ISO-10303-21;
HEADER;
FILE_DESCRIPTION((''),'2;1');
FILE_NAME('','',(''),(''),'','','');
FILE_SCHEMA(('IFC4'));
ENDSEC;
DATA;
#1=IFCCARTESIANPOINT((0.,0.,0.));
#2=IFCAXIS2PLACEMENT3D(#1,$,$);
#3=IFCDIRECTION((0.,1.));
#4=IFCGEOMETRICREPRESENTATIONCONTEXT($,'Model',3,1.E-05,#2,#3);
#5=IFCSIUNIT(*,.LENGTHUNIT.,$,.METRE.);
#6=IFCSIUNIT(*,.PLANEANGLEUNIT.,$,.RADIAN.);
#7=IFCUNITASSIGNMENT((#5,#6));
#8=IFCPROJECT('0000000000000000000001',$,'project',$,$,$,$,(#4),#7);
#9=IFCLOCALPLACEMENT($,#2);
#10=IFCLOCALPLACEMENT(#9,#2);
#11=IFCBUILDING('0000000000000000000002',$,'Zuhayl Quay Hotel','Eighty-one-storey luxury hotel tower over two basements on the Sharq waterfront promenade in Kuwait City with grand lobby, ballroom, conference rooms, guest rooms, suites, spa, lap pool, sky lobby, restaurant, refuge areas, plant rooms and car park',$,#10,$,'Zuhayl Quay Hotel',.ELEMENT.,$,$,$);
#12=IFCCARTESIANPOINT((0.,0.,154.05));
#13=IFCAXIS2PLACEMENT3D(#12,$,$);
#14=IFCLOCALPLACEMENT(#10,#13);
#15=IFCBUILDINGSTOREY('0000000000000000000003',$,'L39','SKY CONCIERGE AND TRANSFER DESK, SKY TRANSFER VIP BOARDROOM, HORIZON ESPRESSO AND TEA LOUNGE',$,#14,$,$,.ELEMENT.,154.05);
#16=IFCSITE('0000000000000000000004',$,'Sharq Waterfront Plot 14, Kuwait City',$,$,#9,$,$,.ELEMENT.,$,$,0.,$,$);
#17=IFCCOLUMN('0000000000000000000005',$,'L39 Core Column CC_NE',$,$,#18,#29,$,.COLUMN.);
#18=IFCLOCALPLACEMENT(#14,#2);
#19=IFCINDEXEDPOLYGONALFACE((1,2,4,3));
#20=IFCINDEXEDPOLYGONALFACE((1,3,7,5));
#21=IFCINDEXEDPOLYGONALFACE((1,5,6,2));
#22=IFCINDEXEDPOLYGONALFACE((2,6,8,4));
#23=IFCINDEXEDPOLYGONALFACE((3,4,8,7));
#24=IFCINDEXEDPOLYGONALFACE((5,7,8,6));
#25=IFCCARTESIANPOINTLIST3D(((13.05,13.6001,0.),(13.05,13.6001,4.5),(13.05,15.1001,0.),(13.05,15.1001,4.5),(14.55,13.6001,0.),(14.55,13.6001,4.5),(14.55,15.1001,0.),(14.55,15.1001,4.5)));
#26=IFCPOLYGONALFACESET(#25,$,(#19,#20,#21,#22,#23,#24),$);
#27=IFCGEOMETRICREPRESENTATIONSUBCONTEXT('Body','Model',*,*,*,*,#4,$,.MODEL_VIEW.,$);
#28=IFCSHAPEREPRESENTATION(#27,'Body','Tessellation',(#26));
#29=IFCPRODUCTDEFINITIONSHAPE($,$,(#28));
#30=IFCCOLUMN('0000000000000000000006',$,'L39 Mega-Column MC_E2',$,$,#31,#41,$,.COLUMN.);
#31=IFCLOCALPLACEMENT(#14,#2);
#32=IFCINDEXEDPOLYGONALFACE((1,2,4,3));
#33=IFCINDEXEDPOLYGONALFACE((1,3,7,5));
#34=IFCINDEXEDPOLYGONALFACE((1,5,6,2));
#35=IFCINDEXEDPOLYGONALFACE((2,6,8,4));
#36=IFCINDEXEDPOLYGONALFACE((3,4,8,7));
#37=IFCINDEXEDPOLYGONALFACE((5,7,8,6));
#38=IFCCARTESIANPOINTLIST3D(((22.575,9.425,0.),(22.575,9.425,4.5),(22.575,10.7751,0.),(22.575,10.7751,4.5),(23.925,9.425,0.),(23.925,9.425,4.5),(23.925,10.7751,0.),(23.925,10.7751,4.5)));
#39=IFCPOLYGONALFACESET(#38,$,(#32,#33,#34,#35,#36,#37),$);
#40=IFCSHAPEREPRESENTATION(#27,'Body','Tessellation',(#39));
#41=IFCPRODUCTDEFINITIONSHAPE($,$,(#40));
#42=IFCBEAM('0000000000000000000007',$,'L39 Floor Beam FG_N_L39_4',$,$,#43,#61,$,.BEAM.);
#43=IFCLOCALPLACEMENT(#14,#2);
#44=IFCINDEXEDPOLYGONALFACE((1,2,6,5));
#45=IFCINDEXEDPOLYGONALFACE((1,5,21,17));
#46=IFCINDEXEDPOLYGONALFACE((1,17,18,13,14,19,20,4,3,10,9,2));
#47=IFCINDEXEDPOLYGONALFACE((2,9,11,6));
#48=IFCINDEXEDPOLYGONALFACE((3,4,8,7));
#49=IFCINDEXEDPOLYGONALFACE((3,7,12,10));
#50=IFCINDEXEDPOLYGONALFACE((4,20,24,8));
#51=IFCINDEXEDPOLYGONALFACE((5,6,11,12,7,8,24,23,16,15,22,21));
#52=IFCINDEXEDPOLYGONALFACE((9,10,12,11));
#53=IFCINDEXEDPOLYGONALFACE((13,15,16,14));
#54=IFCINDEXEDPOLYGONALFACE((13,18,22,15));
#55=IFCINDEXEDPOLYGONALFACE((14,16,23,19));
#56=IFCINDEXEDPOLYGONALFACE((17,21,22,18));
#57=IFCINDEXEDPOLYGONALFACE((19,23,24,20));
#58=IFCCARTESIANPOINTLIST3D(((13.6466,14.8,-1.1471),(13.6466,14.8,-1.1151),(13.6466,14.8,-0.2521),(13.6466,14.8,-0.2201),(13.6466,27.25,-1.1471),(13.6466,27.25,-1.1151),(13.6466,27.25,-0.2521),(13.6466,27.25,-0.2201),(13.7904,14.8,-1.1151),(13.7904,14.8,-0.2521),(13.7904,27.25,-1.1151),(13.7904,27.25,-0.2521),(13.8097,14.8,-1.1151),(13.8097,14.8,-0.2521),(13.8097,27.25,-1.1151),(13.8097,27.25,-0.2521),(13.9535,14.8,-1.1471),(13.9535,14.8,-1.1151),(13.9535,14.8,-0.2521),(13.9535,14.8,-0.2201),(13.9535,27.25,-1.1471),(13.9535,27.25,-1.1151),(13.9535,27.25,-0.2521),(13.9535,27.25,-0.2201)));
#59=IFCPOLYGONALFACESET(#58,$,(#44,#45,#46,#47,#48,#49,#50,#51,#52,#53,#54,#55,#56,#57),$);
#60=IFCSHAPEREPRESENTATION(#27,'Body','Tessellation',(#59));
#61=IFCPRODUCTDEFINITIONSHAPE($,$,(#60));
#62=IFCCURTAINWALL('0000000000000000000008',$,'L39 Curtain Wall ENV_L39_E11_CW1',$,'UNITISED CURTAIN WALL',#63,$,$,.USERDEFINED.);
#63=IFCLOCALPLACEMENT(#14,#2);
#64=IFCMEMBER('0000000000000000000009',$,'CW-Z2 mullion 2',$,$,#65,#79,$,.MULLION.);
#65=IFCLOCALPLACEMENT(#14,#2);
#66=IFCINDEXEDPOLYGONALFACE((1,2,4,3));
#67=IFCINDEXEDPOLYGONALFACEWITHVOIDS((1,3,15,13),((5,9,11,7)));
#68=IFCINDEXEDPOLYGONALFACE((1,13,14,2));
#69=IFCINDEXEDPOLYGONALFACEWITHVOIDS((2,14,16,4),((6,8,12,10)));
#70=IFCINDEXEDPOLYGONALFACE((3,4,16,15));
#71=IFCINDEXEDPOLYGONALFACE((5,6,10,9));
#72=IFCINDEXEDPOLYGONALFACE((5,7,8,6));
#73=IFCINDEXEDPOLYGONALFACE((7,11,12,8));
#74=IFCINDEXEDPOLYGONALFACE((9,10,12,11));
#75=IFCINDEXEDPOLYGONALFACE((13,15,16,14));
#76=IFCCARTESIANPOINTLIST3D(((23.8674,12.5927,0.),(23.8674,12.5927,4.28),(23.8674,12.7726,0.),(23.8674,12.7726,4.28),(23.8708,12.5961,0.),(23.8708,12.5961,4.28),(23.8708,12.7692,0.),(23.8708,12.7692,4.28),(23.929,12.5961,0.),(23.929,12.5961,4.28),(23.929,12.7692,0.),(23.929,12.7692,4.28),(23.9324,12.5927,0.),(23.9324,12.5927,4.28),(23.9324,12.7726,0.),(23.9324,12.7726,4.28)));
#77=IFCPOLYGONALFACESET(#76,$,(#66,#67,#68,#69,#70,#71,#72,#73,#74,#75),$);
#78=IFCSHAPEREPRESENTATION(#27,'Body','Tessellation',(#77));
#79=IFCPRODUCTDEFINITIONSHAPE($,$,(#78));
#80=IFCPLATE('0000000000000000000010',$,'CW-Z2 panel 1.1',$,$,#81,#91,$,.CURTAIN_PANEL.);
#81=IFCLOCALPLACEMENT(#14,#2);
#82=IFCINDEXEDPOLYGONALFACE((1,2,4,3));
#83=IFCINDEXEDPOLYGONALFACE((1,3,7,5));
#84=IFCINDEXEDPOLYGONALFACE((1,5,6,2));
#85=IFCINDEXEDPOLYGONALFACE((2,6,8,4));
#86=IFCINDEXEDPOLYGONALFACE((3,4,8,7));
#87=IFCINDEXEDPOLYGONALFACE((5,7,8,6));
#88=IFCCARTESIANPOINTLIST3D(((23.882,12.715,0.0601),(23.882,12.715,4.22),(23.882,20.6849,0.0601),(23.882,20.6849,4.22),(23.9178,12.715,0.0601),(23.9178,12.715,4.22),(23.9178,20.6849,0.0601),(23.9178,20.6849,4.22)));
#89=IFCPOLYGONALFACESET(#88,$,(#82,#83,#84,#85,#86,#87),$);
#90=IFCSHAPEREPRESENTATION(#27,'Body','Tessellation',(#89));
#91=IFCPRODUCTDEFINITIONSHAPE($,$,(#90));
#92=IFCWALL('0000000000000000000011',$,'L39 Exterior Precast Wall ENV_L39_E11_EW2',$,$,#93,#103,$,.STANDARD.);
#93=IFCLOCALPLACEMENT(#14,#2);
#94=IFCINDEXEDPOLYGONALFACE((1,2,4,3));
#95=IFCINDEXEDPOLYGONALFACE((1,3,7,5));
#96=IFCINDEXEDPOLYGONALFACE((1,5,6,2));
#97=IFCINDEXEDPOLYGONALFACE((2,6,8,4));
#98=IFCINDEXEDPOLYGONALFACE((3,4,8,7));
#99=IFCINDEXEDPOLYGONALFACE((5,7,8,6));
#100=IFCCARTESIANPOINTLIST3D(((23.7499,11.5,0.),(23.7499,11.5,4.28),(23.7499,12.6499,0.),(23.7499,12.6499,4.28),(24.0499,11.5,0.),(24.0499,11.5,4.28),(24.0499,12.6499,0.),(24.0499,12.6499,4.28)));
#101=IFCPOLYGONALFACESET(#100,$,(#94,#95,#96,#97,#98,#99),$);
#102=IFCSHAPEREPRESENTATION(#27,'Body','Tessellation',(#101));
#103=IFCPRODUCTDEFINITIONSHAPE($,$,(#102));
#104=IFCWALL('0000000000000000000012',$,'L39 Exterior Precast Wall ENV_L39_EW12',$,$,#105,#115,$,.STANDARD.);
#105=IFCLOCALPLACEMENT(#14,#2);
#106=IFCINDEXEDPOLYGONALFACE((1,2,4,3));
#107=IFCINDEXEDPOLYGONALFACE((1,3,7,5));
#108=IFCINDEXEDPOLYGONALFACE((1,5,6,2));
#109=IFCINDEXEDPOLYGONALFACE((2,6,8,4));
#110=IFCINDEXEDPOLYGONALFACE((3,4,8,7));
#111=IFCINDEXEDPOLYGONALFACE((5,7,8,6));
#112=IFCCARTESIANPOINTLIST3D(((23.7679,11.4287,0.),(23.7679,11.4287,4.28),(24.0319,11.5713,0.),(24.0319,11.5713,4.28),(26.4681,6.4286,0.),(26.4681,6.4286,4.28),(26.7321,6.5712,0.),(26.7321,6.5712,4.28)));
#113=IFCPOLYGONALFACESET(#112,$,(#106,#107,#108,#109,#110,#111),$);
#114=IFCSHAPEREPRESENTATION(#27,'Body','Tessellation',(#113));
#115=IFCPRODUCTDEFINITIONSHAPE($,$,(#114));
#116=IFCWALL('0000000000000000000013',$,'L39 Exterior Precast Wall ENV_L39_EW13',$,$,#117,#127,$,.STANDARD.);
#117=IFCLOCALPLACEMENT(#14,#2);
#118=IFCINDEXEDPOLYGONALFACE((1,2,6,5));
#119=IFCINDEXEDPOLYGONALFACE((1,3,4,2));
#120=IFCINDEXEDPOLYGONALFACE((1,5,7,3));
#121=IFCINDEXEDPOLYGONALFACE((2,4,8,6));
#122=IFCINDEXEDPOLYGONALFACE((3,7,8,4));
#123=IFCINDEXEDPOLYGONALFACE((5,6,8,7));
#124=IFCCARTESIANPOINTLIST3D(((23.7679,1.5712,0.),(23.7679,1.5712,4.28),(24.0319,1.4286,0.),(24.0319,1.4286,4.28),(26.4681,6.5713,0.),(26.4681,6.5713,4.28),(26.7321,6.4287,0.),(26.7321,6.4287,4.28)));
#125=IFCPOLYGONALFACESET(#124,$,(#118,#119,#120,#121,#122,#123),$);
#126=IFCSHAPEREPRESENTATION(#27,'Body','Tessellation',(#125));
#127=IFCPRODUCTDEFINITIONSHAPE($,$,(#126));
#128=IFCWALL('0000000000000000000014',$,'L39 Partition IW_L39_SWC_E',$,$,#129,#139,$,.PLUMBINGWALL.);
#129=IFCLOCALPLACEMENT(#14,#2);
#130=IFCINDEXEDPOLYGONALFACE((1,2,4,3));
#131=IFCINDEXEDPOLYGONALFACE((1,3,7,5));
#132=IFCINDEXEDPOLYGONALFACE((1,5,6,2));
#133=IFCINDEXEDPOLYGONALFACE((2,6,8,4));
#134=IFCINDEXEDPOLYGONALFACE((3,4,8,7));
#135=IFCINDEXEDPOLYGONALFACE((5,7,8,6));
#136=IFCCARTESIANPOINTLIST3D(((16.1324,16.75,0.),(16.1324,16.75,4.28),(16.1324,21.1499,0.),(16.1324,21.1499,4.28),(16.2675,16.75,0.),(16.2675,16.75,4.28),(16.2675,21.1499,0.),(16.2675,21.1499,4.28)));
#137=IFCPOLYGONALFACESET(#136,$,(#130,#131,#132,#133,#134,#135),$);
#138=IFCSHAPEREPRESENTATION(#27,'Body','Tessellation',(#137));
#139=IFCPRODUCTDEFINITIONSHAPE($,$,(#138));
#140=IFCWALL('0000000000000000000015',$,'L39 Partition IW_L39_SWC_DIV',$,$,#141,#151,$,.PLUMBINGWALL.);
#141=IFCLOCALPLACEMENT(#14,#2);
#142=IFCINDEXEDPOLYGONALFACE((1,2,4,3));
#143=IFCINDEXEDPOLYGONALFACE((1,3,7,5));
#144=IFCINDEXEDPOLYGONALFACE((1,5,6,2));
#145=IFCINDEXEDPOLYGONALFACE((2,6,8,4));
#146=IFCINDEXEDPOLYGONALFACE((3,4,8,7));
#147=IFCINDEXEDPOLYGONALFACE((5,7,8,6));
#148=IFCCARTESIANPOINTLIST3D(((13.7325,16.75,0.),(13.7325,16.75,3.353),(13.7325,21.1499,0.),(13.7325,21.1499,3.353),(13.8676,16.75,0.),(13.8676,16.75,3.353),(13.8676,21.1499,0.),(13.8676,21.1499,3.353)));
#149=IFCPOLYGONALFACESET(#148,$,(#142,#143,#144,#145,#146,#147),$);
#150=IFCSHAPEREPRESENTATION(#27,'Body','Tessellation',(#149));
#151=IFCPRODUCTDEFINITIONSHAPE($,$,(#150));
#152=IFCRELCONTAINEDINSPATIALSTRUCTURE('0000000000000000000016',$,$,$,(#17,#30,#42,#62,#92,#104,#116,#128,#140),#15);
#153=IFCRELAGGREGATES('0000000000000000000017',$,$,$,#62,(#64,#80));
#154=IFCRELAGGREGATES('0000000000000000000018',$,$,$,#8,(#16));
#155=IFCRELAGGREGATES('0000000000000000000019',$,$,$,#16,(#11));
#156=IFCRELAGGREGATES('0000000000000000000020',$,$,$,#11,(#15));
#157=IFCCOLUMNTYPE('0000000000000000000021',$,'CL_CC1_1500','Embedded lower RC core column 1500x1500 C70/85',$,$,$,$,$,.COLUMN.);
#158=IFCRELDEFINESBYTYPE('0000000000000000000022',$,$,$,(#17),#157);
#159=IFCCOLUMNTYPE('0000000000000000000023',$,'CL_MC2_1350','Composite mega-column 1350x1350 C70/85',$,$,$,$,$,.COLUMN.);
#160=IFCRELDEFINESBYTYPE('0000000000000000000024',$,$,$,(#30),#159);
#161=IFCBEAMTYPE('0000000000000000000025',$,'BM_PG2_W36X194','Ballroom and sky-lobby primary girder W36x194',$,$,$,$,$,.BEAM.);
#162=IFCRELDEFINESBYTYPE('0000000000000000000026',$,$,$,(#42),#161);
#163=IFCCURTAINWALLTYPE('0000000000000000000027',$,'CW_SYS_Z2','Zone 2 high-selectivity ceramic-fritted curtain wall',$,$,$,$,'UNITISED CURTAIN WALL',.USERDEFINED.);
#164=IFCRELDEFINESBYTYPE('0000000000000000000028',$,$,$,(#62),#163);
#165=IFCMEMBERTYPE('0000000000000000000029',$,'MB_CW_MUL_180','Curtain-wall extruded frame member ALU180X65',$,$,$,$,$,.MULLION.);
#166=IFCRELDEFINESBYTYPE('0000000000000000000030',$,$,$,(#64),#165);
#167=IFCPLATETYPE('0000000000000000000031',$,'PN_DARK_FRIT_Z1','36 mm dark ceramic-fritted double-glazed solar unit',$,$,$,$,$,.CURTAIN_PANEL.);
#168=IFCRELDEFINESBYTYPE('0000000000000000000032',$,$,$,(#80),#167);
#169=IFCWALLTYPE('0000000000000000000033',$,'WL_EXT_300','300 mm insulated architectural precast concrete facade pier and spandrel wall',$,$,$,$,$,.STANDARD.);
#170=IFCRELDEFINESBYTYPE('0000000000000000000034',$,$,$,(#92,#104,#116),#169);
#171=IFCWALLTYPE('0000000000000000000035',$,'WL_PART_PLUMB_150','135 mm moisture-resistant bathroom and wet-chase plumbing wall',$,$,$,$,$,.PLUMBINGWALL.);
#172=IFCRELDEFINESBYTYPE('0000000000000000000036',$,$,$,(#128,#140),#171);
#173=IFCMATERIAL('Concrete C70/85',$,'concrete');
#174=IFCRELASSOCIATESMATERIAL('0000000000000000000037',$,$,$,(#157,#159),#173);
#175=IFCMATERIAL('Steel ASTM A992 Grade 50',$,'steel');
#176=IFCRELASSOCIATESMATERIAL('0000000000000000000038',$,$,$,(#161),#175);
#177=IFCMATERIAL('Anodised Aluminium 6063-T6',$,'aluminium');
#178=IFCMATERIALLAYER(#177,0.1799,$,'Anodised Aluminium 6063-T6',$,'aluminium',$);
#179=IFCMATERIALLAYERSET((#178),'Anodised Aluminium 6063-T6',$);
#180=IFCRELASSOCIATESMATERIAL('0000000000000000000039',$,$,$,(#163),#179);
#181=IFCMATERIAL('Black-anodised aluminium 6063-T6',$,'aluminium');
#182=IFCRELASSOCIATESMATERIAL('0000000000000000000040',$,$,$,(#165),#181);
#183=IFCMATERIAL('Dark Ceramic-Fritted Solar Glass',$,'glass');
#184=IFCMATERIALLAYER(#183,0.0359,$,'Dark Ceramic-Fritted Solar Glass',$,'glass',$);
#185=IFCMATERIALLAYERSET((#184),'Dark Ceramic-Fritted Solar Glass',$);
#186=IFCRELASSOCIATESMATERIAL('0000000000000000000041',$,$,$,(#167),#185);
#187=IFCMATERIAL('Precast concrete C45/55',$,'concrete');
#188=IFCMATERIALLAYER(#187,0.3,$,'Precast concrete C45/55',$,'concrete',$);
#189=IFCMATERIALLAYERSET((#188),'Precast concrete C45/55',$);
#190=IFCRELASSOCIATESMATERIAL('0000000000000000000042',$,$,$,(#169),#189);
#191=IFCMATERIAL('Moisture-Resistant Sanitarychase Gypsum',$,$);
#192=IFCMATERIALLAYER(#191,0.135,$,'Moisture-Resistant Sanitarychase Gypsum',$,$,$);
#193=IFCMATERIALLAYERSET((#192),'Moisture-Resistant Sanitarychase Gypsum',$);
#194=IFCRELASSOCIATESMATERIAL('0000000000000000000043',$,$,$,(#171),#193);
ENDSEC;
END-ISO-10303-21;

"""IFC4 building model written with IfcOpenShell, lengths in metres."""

from ifc_helpers import new_model, si_unit, direction, frame, frame_2d, origin, origin_2d, place, context, subcontext, project, spatial, rectangle, hollow_rectangle, i_section, extrude, material, layer, layer_set, material_profile, profile_set, type_object, element, aggregate, save


model = new_model("IFC4")

# Units and contexts
model_context = context("Model", 3, precision=1e-05, world=origin(), true_north=direction((0.0, 1.0)))
body_context = subcontext(model_context, "Body", "Model", "MODEL_VIEW")
ifc_project = project(units=[si_unit("LENGTHUNIT", "METRE"), si_unit("PLANEANGLEUNIT", "RADIAN")], contexts=[model_context])

# Site, building, storey
site_placement = place(None, origin())
site = spatial("IfcSite", under=ifc_project, at=site_placement, Name="Sharq Waterfront Plot 14, Kuwait City", CompositionType="ELEMENT", RefElevation=0.0)
building_placement = place(site_placement, origin())
building = spatial("IfcBuilding", under=site, at=building_placement, Name="Zuhayl Quay Hotel", Description="Eighty-one-storey luxury hotel tower over two basements on the Sharq waterfront promenade in Kuwait City with grand lobby, ballroom, conference rooms, guest rooms, suites, spa, lap pool, sky lobby, restaurant, refuge areas, plant rooms and car park", LongName="Zuhayl Quay Hotel", CompositionType="ELEMENT")
storey_placement = place(building_placement, frame((0.0, 0.0, 154.05)))
storey = spatial("IfcBuildingStorey", under=building, at=storey_placement, Name="L39", Description="SKY CONCIERGE AND TRANSFER DESK, SKY TRANSFER VIP BOARDROOM, HORIZON ESPRESSO AND TEA LOUNGE", CompositionType="ELEMENT", Elevation=154.05)

# Columns
ifc_material_1 = material(Name="Concrete C70/85", Category="concrete")
ifc_material_profile_1 = material_profile(ifc_material_1, rectangle(XDim=1.5, YDim=1.5, at=origin_2d()), Name="RC1500X1500")
ifc_profile_set_1 = profile_set([ifc_material_profile_1], Name="Concrete C70/85")
column_type_1 = type_object("IfcColumnType", Name="CL_CC1_1500", Description="Embedded lower RC core column 1500x1500 C70/85", PredefinedType="COLUMN", material=ifc_profile_set_1)
column_1_placement = place(storey_placement, frame((13.8, 14.3501, 0.0), z_axis=(0.0, 0.0, 1.0), x_axis=(1.0, 0.0, 0.0)))
element("IfcColumn", 1, at=column_1_placement, inside=storey, type_object=column_type_1, Name="L39 Core Column CC_NE", PredefinedType="COLUMN", context=body_context, shape_type="SweptSolid", body=[
    extrude(rectangle(XDim=1.5, YDim=1.5, at=origin_2d()), origin(), (0.0, 0.0, 1.0), 4.5),
])
ifc_material_profile_2 = material_profile(ifc_material_1, rectangle(XDim=1.3501, YDim=1.3501, at=origin_2d()), Name="RC1350X1350")
ifc_profile_set_2 = profile_set([ifc_material_profile_2], Name="Concrete C70/85")
column_type_2 = type_object("IfcColumnType", Name="CL_MC2_1350", Description="Composite mega-column 1350x1350 C70/85", PredefinedType="COLUMN", material=ifc_profile_set_2)
column_2_placement = place(storey_placement, frame((23.25, 10.1001, 0.0), z_axis=(0.0, 0.0, 1.0), x_axis=(1.0, 0.0, 0.0)))
element("IfcColumn", 2, at=column_2_placement, inside=storey, type_object=column_type_2, Name="L39 Mega-Column MC_E2", PredefinedType="COLUMN", context=body_context, shape_type="SweptSolid", body=[
    extrude(rectangle(XDim=1.3501, YDim=1.3501, at=origin_2d()), origin(), (0.0, 0.0, 1.0), 4.5),
])

# Beam
ifc_material_2 = material(Name="Steel ASTM A992 Grade 50", Category="steel")
ifc_material_profile_3 = material_profile(ifc_material_2, i_section(OverallWidth=0.3069, OverallDepth=0.927, WebThickness=0.0193, FlangeThickness=0.032, at=origin_2d()), Name="W36X194")
ifc_profile_set_3 = profile_set([ifc_material_profile_3], Name="Steel ASTM A992 Grade 50")
beam_type = type_object("IfcBeamType", Name="BM_PG2_W36X194", Description="Ballroom and sky-lobby primary girder W36x194", PredefinedType="BEAM", material=ifc_profile_set_3)
beam_placement = place(storey_placement, frame((13.8, 14.8, -0.6836), z_axis=(0.0, 1.0, 0.0), x_axis=(-1.0, 0.0, 0.0)))
element("IfcBeam", 3, at=beam_placement, inside=storey, type_object=beam_type, Name="L39 Floor Beam FG_N_L39_4", PredefinedType="BEAM", context=body_context, shape_type="SweptSolid", body=[
    extrude(i_section(OverallWidth=0.3069, OverallDepth=0.927, WebThickness=0.0193, FlangeThickness=0.032, at=origin_2d()), origin(), (0.0, 0.0, 1.0), 12.45),
])

# Curtain wall, member, plate
ifc_material_3 = material(Name="Anodised Aluminium 6063-T6", Category="aluminium")
ifc_layer_1 = layer(ifc_material_3, 0.1799, Name="Anodised Aluminium 6063-T6", Category="aluminium")
ifc_layer_set_1 = layer_set([ifc_layer_1], Name="Anodised Aluminium 6063-T6")
curtain_wall_type = type_object("IfcCurtainWallType", Name="CW_SYS_Z2", Description="Zone 2 high-selectivity ceramic-fritted curtain wall", ElementType="UNITISED CURTAIN WALL", PredefinedType="USERDEFINED", material=ifc_layer_set_1)
curtain_wall_placement = place(storey_placement, origin())
curtain_wall = element("IfcCurtainWall", 4, at=curtain_wall_placement, inside=storey, type_object=curtain_wall_type, Name="L39 Curtain Wall ENV_L39_E11_CW1", ObjectType="UNITISED CURTAIN WALL", PredefinedType="USERDEFINED")
ifc_material_4 = material(Name="Black-anodised aluminium 6063-T6", Category="aluminium")
ifc_material_profile_4 = material_profile(ifc_material_4, hollow_rectangle(XDim=0.0649, YDim=0.1799, WallThickness=0.0034, at=origin_2d()), Name="ALU180X65")
ifc_profile_set_4 = profile_set([ifc_material_profile_4], Name="Black-anodised aluminium 6063-T6")
member_type = type_object("IfcMemberType", Name="MB_CW_MUL_180", Description="Curtain-wall extruded frame member ALU180X65", PredefinedType="MULLION", material=ifc_profile_set_4)
member_placement = place(storey_placement, frame((23.8999, 12.6826, 0.0), z_axis=(0.0, 0.0, 1.0), x_axis=(1.0, 0.0, 0.0)))
member = element("IfcMember", 5, at=member_placement, type_object=member_type, Name="CW-Z2 mullion 2", PredefinedType="MULLION", context=body_context, shape_type="SweptSolid", body=[
    extrude(hollow_rectangle(XDim=0.0649, YDim=0.1799, WallThickness=0.0034, at=origin_2d()), origin(), (0.0, 0.0, 1.0), 4.28),
])
ifc_material_5 = material(Name="Dark Ceramic-Fritted Solar Glass", Category="glass")
ifc_layer_2 = layer(ifc_material_5, 0.0359, Name="Dark Ceramic-Fritted Solar Glass", Category="glass")
ifc_layer_set_2 = layer_set([ifc_layer_2], Name="Dark Ceramic-Fritted Solar Glass")
plate_type = type_object("IfcPlateType", Name="PN_DARK_FRIT_Z1", Description="36 mm dark ceramic-fritted double-glazed solar unit", PredefinedType="CURTAIN_PANEL", material=ifc_layer_set_2)
plate_placement = place(storey_placement, frame((23.8999, 16.7, 0.0601), z_axis=(0.0, 0.0, 1.0), x_axis=(0.0, -1.0, 0.0)))
plate = element("IfcPlate", 6, at=plate_placement, type_object=plate_type, Name="CW-Z2 panel 1.1", PredefinedType="CURTAIN_PANEL", context=body_context, shape_type="SweptSolid", body=[
    extrude(rectangle(XDim=7.97, YDim=0.0359, at=origin_2d()), origin(), (0.0, 0.0, 1.0), 4.1599),
])
aggregate(curtain_wall, [member, plate])

# Walls
ifc_material_6 = material(Name="Precast concrete C45/55", Category="concrete")
ifc_layer_3 = layer(ifc_material_6, 0.3, Name="Precast concrete C45/55", Category="concrete")
ifc_layer_set_3 = layer_set([ifc_layer_3], Name="Precast concrete C45/55")
wall_type_1 = type_object("IfcWallType", Name="WL_EXT_300", Description="300 mm insulated architectural precast concrete facade pier and spandrel wall", PredefinedType="STANDARD", material=ifc_layer_set_3)
wall_1_placement = place(storey_placement, frame((23.8999, 12.6499, 0.0), z_axis=(0.0, 0.0, 1.0), x_axis=(0.0, -1.0, 0.0)))
element("IfcWall", 7, at=wall_1_placement, inside=storey, type_object=wall_type_1, Name="L39 Exterior Precast Wall ENV_L39_E11_EW2", PredefinedType="STANDARD", context=body_context, shape_type="SweptSolid", body=[
    extrude(rectangle(XDim=1.1499, YDim=0.3, at=frame_2d((0.575, 0.0))), origin(), (0.0, 0.0, 1.0), 4.28),
])
for number, where, z_axis, x_axis, name in (
    (8, (23.8999, 11.5, 0.0), (0.0, 0.0, 1.0), (0.475176, -0.879891, 0.0), "L39 Exterior Precast Wall ENV_L39_EW12"),
    (9, (26.6001, 6.5, 0.0), (0.0, 0.0, 1.0), (-0.475176, -0.879891, 0.0), "L39 Exterior Precast Wall ENV_L39_EW13"),
):
    element("IfcWall", number, at=place(storey_placement, frame(where, z_axis=z_axis, x_axis=x_axis)), inside=storey, type_object=wall_type_1, Name=name, PredefinedType="STANDARD", context=body_context, shape_type="SweptSolid", body=[
        extrude(rectangle(XDim=5.6826, YDim=0.3, at=frame_2d((2.8413, 0.0))), origin(), (0.0, 0.0, 1.0), 4.28),
    ])

# Shared definitions
ifc_material_7 = material(Name="Moisture-Resistant Sanitarychase Gypsum")
ifc_layer_4 = layer(ifc_material_7, 0.135, Name="Moisture-Resistant Sanitarychase Gypsum")
ifc_layer_set_4 = layer_set([ifc_layer_4], Name="Moisture-Resistant Sanitarychase Gypsum")
wall_type_2 = type_object("IfcWallType", Name="WL_PART_PLUMB_150", Description="135 mm moisture-resistant bathroom and wet-chase plumbing wall", PredefinedType="PLUMBINGWALL", material=ifc_layer_set_4)

# Walls
wall_2_placement = place(storey_placement, frame((16.2, 16.75, 0.0), z_axis=(0.0, 0.0, 1.0), x_axis=(0.0, 1.0, 0.0)))
element("IfcWall", 10, at=wall_2_placement, inside=storey, type_object=wall_type_2, Name="L39 Partition IW_L39_SWC_E", PredefinedType="PLUMBINGWALL", context=body_context, shape_type="SweptSolid", body=[
    extrude(rectangle(XDim=4.3999, YDim=0.135, at=frame_2d((2.2, 0.0))), origin(), (0.0, 0.0, 1.0), 4.28),
])
wall_3_placement = place(storey_placement, frame((13.8, 16.75, 0.0), z_axis=(0.0, 0.0, 1.0), x_axis=(0.0, 1.0, 0.0)))
element("IfcWall", 11, at=wall_3_placement, inside=storey, type_object=wall_type_2, Name="L39 Partition IW_L39_SWC_DIV", PredefinedType="PLUMBINGWALL", context=body_context, shape_type="SweptSolid", body=[
    extrude(rectangle(XDim=4.3999, YDim=0.135, at=frame_2d((2.2, 0.0))), origin(), (0.0, 0.0, 1.0), 3.353),
])

save(model, "model.ifc")
